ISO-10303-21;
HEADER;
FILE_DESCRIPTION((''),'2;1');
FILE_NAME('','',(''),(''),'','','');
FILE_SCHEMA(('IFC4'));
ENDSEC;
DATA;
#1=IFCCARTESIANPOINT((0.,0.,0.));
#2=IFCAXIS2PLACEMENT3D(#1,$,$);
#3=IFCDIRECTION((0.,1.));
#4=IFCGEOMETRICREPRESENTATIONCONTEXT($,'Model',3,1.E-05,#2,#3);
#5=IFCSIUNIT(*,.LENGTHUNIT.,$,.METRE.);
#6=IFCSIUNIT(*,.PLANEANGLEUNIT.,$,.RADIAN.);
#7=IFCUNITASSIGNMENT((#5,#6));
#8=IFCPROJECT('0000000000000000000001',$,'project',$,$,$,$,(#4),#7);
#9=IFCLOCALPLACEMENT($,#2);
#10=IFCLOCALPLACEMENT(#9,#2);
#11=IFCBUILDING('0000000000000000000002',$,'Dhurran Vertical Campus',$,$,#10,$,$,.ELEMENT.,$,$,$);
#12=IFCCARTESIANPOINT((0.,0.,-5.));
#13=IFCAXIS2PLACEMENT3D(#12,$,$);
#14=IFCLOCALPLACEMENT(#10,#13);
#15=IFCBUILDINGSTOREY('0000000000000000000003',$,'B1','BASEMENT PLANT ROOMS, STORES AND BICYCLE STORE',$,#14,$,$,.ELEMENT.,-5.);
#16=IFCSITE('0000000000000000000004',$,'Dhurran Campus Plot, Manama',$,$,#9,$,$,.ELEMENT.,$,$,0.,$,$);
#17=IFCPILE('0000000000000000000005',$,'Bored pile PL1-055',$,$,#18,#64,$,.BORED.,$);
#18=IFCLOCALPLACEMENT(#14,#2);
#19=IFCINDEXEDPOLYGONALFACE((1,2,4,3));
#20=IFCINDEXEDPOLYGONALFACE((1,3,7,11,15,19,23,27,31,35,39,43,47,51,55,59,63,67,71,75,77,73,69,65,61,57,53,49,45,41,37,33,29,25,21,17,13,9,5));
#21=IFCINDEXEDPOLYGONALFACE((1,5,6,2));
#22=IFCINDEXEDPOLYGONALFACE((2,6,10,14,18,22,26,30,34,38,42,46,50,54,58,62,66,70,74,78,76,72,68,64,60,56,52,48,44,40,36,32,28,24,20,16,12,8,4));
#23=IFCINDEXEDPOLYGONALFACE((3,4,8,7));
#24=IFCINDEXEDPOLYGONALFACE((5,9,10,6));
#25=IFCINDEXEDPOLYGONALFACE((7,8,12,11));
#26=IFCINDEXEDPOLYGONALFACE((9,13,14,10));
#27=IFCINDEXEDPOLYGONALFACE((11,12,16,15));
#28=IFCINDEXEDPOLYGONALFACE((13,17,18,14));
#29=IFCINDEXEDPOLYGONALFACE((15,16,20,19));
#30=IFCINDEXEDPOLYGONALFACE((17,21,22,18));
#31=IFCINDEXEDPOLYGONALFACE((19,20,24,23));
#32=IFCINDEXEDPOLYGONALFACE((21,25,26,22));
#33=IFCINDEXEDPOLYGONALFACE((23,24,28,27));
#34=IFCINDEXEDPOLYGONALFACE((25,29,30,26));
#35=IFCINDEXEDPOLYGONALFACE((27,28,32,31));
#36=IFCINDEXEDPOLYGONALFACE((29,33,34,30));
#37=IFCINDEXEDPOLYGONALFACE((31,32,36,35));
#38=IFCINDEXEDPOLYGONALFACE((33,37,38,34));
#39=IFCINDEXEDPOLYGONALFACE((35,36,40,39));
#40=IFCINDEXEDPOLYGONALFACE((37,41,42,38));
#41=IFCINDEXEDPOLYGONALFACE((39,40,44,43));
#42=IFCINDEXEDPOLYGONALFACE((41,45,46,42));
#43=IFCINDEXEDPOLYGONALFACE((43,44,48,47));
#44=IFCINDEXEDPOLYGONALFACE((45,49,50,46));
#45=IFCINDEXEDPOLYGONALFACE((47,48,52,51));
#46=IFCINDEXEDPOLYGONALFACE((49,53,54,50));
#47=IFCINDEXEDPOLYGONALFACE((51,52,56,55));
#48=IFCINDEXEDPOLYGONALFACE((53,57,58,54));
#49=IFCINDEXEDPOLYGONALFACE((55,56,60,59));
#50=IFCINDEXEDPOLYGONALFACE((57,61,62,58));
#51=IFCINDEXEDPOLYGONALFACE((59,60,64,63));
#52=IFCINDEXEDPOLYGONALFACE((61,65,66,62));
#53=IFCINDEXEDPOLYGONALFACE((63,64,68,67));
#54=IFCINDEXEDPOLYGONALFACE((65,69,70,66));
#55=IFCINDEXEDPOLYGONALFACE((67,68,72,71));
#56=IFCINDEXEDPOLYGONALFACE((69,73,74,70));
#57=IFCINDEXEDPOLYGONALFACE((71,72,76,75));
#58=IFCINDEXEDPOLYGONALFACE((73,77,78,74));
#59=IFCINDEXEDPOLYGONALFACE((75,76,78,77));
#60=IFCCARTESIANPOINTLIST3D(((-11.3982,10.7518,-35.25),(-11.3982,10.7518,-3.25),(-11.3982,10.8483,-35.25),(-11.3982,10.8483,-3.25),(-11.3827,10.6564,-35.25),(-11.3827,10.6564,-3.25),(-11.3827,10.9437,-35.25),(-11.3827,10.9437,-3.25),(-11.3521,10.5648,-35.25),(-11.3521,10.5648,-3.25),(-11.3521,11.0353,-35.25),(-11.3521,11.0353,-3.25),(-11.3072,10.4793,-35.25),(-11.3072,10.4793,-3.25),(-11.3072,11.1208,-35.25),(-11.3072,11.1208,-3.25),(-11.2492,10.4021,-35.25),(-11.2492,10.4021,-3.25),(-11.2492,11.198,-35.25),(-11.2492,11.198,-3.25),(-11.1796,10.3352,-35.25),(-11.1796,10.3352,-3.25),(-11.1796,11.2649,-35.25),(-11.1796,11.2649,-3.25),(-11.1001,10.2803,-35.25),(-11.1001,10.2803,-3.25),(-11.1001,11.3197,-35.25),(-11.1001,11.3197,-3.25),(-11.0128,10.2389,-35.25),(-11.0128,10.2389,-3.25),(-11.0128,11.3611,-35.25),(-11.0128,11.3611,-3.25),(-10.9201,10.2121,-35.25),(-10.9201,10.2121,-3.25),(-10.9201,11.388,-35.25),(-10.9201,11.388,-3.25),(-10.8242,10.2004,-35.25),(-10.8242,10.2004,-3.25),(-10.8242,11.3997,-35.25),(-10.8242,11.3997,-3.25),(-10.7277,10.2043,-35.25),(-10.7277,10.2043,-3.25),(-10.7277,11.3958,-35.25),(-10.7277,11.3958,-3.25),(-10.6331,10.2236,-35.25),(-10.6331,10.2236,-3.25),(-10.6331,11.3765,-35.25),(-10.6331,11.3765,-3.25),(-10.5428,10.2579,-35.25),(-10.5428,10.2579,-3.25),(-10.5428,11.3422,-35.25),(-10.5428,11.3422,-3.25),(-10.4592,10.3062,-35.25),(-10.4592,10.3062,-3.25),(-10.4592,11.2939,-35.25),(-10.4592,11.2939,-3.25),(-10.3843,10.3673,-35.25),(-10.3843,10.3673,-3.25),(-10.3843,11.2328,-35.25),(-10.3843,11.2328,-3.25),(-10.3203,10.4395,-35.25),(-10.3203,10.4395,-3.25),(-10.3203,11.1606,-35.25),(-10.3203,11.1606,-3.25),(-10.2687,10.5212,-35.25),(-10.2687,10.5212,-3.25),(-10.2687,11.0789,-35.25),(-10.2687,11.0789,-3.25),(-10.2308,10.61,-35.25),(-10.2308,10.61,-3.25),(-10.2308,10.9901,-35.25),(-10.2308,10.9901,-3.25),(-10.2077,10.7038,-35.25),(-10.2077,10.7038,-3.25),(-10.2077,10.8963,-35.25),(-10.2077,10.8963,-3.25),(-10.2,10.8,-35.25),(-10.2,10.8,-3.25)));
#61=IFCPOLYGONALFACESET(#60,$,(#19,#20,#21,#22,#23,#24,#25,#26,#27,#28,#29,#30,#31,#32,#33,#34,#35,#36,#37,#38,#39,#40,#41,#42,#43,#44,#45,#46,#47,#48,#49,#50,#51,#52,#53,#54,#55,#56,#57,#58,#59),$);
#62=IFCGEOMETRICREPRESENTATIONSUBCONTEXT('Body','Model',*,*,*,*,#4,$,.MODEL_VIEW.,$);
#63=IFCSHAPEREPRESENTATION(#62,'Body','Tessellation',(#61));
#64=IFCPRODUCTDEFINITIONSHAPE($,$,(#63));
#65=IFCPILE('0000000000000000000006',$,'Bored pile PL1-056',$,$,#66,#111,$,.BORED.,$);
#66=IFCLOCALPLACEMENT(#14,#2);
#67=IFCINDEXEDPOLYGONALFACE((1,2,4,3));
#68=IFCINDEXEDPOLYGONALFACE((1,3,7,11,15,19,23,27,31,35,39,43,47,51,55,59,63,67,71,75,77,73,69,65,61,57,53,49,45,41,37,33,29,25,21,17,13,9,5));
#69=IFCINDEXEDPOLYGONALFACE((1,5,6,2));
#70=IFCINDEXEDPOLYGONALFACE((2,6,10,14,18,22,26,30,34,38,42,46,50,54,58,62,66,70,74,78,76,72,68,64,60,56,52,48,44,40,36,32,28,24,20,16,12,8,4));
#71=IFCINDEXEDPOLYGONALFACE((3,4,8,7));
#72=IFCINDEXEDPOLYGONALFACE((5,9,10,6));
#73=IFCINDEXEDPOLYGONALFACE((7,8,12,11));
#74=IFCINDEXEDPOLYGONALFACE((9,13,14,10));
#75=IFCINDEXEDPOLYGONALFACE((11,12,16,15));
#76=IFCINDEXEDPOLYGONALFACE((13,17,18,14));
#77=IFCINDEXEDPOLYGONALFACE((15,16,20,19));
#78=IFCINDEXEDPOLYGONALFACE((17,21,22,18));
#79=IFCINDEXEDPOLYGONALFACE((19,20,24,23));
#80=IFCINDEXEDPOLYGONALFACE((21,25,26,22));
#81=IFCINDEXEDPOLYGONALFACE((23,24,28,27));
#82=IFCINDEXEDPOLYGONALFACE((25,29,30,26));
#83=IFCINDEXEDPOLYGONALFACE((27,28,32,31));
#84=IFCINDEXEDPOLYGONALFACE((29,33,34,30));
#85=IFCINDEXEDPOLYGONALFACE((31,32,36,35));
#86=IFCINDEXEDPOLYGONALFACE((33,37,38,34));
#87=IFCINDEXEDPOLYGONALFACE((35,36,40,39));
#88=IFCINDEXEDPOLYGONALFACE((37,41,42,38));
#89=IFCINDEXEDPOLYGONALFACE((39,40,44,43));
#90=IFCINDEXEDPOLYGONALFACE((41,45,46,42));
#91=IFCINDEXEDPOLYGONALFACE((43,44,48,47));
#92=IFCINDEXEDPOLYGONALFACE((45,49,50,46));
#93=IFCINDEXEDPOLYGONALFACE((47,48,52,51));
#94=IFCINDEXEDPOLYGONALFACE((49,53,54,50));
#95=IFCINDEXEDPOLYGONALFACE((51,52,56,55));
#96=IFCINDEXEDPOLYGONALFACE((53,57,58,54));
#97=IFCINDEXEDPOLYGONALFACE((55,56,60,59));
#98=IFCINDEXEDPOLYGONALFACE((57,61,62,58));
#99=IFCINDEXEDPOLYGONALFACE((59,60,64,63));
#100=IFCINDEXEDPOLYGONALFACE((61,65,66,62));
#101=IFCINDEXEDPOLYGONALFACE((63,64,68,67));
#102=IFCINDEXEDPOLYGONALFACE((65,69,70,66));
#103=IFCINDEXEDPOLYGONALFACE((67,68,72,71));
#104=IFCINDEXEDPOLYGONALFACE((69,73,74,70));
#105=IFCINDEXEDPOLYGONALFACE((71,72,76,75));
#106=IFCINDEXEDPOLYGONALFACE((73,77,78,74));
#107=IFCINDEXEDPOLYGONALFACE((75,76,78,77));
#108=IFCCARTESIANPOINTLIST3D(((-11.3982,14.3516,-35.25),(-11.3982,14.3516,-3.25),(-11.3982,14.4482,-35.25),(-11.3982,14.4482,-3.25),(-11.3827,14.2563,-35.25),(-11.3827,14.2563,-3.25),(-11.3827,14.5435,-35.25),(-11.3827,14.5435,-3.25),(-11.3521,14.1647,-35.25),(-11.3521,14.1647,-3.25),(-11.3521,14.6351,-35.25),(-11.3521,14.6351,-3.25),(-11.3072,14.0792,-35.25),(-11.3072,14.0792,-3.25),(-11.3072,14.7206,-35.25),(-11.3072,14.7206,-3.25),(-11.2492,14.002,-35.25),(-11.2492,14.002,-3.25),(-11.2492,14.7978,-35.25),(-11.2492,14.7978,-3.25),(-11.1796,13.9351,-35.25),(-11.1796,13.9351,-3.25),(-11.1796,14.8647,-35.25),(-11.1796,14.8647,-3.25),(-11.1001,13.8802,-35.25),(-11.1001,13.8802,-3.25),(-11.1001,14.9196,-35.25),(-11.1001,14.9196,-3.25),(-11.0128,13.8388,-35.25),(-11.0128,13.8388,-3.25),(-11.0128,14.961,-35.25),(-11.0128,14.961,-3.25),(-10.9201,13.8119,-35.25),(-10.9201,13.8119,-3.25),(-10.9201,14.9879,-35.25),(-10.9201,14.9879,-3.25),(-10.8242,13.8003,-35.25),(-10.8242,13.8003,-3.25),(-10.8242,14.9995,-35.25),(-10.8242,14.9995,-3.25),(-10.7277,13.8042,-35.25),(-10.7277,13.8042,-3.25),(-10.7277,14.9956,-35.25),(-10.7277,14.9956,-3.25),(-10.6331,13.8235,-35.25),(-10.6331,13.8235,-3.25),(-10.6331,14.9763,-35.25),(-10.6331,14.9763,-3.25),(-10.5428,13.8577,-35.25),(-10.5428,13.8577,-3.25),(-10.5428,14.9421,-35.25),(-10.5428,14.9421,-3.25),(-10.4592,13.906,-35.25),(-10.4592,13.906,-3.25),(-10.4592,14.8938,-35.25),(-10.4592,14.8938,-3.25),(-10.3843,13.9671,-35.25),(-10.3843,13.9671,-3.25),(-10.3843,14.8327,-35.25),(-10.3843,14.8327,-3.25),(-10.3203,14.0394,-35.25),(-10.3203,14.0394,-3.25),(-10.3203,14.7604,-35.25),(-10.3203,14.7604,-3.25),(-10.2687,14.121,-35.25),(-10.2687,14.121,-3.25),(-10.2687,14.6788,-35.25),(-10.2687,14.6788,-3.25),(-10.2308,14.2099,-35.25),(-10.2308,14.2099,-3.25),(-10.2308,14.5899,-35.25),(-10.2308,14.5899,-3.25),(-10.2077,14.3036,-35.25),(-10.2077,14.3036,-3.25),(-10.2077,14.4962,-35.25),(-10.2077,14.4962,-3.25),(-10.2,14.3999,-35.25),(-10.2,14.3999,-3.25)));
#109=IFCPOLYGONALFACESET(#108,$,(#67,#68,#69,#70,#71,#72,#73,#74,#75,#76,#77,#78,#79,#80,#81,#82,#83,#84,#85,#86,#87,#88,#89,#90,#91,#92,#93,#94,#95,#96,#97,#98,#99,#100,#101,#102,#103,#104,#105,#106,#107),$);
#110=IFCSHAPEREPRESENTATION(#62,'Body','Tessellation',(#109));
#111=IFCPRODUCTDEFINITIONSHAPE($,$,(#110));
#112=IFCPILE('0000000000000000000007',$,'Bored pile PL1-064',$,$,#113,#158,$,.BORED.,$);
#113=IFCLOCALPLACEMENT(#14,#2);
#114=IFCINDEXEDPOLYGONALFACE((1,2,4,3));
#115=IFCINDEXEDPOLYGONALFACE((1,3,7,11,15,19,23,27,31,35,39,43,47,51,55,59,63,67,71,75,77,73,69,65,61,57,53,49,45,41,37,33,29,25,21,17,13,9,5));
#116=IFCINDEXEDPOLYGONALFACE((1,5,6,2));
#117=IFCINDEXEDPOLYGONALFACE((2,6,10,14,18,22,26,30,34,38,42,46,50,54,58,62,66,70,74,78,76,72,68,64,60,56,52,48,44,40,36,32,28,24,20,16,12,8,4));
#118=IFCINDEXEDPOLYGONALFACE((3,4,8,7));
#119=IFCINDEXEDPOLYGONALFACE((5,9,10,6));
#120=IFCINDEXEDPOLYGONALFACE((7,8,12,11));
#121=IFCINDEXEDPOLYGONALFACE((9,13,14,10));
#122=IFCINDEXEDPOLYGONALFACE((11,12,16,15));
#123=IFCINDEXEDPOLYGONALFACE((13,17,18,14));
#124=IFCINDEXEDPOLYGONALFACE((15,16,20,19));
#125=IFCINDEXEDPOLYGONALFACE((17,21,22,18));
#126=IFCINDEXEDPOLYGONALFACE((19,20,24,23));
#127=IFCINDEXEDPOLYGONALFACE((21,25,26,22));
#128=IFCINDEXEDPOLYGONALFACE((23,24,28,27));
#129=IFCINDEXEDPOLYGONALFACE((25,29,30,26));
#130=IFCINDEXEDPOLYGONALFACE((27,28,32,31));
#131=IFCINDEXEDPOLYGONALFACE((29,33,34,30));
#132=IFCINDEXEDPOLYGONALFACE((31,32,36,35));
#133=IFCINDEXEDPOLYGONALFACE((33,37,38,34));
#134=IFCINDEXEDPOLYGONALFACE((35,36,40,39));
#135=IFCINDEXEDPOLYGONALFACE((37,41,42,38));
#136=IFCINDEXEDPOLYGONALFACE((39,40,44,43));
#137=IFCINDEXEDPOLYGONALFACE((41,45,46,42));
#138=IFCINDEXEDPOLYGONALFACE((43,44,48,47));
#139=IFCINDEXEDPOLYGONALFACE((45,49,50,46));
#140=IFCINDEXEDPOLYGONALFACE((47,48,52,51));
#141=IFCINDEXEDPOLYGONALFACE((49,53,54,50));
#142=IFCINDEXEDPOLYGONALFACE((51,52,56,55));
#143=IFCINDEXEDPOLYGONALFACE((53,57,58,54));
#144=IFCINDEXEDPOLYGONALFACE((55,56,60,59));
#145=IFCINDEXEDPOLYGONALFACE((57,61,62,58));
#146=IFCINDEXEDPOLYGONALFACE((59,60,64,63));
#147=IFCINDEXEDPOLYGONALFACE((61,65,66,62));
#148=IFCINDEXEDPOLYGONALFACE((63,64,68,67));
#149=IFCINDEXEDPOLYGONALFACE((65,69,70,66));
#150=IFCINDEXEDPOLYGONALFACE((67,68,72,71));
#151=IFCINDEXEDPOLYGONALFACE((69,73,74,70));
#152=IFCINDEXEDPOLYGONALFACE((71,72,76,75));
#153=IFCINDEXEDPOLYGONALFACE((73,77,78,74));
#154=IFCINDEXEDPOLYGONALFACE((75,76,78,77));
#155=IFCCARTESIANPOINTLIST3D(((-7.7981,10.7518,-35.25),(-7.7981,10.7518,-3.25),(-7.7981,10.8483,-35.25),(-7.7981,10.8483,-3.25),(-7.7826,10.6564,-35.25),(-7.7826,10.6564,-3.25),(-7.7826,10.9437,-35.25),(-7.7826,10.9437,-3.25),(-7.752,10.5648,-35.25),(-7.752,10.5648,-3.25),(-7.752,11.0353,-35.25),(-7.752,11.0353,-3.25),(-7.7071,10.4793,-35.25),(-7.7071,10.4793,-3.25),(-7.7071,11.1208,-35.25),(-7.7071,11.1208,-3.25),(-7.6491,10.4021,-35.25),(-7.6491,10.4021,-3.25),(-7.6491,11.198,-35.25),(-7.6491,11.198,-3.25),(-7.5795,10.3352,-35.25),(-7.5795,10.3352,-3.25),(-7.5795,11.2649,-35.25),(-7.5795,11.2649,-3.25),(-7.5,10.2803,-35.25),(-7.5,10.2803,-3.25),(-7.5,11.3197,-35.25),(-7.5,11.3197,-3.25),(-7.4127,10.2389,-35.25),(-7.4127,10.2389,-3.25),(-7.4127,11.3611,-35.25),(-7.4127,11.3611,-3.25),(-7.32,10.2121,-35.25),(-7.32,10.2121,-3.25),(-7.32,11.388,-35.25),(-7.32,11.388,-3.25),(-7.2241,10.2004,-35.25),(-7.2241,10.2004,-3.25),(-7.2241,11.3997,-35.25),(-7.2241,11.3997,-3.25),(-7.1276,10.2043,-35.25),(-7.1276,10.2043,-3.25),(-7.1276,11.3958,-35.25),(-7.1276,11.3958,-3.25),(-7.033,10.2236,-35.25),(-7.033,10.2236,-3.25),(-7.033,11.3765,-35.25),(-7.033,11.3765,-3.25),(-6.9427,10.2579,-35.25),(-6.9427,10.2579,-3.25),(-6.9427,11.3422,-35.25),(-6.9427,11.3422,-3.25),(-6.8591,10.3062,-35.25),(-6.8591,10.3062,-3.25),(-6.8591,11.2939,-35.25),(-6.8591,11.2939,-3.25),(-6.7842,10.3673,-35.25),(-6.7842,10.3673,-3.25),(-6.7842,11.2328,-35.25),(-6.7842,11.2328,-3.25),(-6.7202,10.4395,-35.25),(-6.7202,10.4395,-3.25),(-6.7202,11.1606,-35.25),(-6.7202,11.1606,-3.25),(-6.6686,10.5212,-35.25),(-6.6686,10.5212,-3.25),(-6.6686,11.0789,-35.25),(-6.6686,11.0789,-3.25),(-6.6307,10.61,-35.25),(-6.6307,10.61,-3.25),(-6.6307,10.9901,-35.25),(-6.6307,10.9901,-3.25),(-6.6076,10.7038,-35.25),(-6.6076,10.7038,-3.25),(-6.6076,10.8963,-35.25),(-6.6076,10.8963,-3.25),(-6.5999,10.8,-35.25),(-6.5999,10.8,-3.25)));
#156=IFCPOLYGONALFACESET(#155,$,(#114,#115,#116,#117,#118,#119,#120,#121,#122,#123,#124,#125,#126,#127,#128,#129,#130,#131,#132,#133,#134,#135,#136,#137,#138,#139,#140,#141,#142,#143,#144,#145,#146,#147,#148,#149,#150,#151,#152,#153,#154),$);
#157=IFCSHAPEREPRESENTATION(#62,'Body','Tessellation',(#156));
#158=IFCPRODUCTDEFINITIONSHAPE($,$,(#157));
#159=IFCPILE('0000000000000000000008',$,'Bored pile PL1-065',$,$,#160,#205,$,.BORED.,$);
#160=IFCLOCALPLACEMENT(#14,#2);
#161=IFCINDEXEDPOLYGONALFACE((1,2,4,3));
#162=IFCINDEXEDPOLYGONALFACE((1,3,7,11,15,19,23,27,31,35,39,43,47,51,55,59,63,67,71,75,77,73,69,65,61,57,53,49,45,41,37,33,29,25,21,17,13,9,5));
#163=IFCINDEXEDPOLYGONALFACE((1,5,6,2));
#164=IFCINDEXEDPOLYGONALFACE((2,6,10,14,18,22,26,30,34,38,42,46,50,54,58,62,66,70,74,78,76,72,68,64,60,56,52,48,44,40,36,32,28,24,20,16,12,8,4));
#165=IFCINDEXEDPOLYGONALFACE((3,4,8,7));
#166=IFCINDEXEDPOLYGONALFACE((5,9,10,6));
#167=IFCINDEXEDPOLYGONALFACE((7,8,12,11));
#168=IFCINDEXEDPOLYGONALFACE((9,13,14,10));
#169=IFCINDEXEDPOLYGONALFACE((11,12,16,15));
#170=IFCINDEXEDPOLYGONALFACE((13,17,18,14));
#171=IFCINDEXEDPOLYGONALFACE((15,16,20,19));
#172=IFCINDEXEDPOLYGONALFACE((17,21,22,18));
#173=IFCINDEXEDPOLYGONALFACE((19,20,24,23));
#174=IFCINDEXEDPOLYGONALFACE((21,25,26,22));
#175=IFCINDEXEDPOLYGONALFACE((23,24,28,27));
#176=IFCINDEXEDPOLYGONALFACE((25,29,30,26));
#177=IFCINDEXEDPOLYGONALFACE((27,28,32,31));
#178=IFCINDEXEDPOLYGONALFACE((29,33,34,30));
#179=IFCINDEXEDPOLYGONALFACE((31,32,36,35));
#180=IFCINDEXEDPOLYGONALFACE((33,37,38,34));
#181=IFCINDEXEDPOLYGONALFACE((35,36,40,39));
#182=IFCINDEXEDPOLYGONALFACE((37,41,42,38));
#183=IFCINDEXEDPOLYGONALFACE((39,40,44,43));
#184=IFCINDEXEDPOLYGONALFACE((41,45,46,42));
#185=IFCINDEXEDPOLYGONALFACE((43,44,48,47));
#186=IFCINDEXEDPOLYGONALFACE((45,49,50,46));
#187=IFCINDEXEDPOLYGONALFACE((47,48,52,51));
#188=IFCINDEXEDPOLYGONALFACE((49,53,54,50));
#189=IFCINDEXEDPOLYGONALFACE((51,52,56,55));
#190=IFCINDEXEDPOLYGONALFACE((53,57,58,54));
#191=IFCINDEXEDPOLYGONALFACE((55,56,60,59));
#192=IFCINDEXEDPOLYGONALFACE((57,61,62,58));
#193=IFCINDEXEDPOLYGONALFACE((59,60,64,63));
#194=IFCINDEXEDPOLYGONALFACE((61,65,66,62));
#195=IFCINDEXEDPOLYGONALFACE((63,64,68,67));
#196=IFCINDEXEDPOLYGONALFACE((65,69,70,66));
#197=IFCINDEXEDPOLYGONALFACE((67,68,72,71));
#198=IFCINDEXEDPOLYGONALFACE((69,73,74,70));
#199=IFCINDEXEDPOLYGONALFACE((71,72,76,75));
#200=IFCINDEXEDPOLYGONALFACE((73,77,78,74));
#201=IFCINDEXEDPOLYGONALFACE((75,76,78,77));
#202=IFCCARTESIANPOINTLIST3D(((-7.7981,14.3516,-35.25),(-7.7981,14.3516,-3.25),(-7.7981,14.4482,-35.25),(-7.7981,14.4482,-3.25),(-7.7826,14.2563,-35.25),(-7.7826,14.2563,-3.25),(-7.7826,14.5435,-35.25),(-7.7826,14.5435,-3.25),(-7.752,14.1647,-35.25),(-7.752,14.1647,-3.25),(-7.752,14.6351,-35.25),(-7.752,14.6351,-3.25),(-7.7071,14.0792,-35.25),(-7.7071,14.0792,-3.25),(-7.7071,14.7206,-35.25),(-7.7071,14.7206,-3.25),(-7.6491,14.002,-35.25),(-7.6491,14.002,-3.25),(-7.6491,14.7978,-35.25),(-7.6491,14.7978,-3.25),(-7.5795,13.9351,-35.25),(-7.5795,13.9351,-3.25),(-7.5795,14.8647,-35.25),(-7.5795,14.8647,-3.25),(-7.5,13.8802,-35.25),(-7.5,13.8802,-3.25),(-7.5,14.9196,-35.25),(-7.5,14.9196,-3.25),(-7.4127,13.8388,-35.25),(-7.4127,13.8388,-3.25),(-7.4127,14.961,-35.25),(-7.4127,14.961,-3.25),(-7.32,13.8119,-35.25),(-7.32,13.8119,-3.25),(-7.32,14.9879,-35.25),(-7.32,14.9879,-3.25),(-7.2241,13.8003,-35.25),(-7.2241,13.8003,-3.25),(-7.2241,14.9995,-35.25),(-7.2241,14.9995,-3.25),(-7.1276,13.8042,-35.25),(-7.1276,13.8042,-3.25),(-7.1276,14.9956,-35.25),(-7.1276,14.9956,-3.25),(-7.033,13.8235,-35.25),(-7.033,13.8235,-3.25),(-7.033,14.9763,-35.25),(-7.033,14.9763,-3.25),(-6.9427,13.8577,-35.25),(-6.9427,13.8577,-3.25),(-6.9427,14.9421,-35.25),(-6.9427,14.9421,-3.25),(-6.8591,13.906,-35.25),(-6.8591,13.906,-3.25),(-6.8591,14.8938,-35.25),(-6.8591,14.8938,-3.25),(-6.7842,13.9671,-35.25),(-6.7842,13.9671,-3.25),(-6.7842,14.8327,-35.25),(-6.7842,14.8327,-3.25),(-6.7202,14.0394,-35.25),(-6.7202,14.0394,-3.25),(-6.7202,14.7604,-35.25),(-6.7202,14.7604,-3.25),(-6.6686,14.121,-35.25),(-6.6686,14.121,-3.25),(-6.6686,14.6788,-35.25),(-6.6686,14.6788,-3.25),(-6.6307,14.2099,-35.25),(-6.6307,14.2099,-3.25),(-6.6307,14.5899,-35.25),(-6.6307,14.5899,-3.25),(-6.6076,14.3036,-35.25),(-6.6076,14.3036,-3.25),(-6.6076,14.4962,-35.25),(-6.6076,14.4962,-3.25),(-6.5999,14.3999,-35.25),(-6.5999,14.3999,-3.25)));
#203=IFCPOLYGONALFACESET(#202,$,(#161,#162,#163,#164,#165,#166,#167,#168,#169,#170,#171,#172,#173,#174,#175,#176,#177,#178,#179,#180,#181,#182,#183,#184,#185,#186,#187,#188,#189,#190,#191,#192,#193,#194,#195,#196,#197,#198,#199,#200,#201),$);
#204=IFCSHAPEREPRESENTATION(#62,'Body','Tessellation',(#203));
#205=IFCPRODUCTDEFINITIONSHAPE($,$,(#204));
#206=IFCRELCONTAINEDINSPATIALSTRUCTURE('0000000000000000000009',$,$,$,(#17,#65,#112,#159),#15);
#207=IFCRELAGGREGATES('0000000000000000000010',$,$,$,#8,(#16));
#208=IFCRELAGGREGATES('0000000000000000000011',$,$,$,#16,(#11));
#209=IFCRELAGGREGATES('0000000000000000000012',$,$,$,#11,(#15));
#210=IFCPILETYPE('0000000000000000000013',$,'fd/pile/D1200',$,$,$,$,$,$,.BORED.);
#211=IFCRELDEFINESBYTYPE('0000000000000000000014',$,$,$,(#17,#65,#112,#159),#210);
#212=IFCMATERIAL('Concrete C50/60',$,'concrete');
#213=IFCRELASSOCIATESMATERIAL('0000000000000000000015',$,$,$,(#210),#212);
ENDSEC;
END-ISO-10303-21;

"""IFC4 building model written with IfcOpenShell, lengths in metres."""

from ifc_helpers import new_model, si_unit, direction, frame, origin, origin_2d, place, context, subcontext, project, spatial, circle, extrude, material, material_profile, profile_set, type_object, element, save


model = new_model("IFC4")

# Units and contexts
model_context = context("Model", 3, precision=1e-05, world=origin(), true_north=direction((0.0, 1.0)))
body_context = subcontext(model_context, "Body", "Model", "MODEL_VIEW")
ifc_project = project(units=[si_unit("LENGTHUNIT", "METRE"), si_unit("PLANEANGLEUNIT", "RADIAN")], contexts=[model_context])

# Site, building, storey
site_placement = place(None, origin())
site = spatial("IfcSite", under=ifc_project, at=site_placement, Name="Dhurran Campus Plot, Manama", CompositionType="ELEMENT", RefElevation=0.0)
building_placement = place(site_placement, origin())
building = spatial("IfcBuilding", under=site, at=building_placement, Name="Dhurran Vertical Campus", CompositionType="ELEMENT")
storey_placement = place(building_placement, frame((0.0, 0.0, -5.0)))
storey = spatial("IfcBuildingStorey", under=building, at=storey_placement, Name="B1", Description="BASEMENT PLANT ROOMS, STORES AND BICYCLE STORE", CompositionType="ELEMENT", Elevation=-5.0)

# Piles
ifc_material_1 = material(Name="Concrete C50/60", Category="concrete")
ifc_material_profile_1 = material_profile(ifc_material_1, circle(Radius=0.6001, at=origin_2d()), Name="fd/pile/D1200")
ifc_profile_set_1 = profile_set([ifc_material_profile_1], Name="Concrete C50/60")
pile_type = type_object("IfcPileType", Name="fd/pile/D1200", PredefinedType="BORED", material=ifc_profile_set_1)
for number, where, z_axis, x_axis, name in (
    (1, (-10.8, 10.8, -3.25), (0.0, 0.0, -1.0), (1.0, 0.0, 0.0), "Bored pile PL1-055"),
    (2, (-10.8, 14.3999, -3.25), (0.0, 0.0, -1.0), (1.0, 0.0, 0.0), "Bored pile PL1-056"),
    (3, (-7.2, 10.8, -3.25), (0.0, 0.0, -1.0), (1.0, 0.0, 0.0), "Bored pile PL1-064"),
    (4, (-7.2, 14.3999, -3.25), (0.0, 0.0, -1.0), (1.0, 0.0, 0.0), "Bored pile PL1-065"),
):
    element("IfcPile", number, at=place(storey_placement, frame(where, z_axis=z_axis, x_axis=x_axis)), inside=storey, type_object=pile_type, Name=name, PredefinedType="BORED", context=body_context, shape_type="SweptSolid", body=[
        extrude(circle(Radius=0.6001, at=origin_2d()), origin(), (0.0, 0.0, 1.0), 32.0),
    ])

save(model, "model.ifc")
